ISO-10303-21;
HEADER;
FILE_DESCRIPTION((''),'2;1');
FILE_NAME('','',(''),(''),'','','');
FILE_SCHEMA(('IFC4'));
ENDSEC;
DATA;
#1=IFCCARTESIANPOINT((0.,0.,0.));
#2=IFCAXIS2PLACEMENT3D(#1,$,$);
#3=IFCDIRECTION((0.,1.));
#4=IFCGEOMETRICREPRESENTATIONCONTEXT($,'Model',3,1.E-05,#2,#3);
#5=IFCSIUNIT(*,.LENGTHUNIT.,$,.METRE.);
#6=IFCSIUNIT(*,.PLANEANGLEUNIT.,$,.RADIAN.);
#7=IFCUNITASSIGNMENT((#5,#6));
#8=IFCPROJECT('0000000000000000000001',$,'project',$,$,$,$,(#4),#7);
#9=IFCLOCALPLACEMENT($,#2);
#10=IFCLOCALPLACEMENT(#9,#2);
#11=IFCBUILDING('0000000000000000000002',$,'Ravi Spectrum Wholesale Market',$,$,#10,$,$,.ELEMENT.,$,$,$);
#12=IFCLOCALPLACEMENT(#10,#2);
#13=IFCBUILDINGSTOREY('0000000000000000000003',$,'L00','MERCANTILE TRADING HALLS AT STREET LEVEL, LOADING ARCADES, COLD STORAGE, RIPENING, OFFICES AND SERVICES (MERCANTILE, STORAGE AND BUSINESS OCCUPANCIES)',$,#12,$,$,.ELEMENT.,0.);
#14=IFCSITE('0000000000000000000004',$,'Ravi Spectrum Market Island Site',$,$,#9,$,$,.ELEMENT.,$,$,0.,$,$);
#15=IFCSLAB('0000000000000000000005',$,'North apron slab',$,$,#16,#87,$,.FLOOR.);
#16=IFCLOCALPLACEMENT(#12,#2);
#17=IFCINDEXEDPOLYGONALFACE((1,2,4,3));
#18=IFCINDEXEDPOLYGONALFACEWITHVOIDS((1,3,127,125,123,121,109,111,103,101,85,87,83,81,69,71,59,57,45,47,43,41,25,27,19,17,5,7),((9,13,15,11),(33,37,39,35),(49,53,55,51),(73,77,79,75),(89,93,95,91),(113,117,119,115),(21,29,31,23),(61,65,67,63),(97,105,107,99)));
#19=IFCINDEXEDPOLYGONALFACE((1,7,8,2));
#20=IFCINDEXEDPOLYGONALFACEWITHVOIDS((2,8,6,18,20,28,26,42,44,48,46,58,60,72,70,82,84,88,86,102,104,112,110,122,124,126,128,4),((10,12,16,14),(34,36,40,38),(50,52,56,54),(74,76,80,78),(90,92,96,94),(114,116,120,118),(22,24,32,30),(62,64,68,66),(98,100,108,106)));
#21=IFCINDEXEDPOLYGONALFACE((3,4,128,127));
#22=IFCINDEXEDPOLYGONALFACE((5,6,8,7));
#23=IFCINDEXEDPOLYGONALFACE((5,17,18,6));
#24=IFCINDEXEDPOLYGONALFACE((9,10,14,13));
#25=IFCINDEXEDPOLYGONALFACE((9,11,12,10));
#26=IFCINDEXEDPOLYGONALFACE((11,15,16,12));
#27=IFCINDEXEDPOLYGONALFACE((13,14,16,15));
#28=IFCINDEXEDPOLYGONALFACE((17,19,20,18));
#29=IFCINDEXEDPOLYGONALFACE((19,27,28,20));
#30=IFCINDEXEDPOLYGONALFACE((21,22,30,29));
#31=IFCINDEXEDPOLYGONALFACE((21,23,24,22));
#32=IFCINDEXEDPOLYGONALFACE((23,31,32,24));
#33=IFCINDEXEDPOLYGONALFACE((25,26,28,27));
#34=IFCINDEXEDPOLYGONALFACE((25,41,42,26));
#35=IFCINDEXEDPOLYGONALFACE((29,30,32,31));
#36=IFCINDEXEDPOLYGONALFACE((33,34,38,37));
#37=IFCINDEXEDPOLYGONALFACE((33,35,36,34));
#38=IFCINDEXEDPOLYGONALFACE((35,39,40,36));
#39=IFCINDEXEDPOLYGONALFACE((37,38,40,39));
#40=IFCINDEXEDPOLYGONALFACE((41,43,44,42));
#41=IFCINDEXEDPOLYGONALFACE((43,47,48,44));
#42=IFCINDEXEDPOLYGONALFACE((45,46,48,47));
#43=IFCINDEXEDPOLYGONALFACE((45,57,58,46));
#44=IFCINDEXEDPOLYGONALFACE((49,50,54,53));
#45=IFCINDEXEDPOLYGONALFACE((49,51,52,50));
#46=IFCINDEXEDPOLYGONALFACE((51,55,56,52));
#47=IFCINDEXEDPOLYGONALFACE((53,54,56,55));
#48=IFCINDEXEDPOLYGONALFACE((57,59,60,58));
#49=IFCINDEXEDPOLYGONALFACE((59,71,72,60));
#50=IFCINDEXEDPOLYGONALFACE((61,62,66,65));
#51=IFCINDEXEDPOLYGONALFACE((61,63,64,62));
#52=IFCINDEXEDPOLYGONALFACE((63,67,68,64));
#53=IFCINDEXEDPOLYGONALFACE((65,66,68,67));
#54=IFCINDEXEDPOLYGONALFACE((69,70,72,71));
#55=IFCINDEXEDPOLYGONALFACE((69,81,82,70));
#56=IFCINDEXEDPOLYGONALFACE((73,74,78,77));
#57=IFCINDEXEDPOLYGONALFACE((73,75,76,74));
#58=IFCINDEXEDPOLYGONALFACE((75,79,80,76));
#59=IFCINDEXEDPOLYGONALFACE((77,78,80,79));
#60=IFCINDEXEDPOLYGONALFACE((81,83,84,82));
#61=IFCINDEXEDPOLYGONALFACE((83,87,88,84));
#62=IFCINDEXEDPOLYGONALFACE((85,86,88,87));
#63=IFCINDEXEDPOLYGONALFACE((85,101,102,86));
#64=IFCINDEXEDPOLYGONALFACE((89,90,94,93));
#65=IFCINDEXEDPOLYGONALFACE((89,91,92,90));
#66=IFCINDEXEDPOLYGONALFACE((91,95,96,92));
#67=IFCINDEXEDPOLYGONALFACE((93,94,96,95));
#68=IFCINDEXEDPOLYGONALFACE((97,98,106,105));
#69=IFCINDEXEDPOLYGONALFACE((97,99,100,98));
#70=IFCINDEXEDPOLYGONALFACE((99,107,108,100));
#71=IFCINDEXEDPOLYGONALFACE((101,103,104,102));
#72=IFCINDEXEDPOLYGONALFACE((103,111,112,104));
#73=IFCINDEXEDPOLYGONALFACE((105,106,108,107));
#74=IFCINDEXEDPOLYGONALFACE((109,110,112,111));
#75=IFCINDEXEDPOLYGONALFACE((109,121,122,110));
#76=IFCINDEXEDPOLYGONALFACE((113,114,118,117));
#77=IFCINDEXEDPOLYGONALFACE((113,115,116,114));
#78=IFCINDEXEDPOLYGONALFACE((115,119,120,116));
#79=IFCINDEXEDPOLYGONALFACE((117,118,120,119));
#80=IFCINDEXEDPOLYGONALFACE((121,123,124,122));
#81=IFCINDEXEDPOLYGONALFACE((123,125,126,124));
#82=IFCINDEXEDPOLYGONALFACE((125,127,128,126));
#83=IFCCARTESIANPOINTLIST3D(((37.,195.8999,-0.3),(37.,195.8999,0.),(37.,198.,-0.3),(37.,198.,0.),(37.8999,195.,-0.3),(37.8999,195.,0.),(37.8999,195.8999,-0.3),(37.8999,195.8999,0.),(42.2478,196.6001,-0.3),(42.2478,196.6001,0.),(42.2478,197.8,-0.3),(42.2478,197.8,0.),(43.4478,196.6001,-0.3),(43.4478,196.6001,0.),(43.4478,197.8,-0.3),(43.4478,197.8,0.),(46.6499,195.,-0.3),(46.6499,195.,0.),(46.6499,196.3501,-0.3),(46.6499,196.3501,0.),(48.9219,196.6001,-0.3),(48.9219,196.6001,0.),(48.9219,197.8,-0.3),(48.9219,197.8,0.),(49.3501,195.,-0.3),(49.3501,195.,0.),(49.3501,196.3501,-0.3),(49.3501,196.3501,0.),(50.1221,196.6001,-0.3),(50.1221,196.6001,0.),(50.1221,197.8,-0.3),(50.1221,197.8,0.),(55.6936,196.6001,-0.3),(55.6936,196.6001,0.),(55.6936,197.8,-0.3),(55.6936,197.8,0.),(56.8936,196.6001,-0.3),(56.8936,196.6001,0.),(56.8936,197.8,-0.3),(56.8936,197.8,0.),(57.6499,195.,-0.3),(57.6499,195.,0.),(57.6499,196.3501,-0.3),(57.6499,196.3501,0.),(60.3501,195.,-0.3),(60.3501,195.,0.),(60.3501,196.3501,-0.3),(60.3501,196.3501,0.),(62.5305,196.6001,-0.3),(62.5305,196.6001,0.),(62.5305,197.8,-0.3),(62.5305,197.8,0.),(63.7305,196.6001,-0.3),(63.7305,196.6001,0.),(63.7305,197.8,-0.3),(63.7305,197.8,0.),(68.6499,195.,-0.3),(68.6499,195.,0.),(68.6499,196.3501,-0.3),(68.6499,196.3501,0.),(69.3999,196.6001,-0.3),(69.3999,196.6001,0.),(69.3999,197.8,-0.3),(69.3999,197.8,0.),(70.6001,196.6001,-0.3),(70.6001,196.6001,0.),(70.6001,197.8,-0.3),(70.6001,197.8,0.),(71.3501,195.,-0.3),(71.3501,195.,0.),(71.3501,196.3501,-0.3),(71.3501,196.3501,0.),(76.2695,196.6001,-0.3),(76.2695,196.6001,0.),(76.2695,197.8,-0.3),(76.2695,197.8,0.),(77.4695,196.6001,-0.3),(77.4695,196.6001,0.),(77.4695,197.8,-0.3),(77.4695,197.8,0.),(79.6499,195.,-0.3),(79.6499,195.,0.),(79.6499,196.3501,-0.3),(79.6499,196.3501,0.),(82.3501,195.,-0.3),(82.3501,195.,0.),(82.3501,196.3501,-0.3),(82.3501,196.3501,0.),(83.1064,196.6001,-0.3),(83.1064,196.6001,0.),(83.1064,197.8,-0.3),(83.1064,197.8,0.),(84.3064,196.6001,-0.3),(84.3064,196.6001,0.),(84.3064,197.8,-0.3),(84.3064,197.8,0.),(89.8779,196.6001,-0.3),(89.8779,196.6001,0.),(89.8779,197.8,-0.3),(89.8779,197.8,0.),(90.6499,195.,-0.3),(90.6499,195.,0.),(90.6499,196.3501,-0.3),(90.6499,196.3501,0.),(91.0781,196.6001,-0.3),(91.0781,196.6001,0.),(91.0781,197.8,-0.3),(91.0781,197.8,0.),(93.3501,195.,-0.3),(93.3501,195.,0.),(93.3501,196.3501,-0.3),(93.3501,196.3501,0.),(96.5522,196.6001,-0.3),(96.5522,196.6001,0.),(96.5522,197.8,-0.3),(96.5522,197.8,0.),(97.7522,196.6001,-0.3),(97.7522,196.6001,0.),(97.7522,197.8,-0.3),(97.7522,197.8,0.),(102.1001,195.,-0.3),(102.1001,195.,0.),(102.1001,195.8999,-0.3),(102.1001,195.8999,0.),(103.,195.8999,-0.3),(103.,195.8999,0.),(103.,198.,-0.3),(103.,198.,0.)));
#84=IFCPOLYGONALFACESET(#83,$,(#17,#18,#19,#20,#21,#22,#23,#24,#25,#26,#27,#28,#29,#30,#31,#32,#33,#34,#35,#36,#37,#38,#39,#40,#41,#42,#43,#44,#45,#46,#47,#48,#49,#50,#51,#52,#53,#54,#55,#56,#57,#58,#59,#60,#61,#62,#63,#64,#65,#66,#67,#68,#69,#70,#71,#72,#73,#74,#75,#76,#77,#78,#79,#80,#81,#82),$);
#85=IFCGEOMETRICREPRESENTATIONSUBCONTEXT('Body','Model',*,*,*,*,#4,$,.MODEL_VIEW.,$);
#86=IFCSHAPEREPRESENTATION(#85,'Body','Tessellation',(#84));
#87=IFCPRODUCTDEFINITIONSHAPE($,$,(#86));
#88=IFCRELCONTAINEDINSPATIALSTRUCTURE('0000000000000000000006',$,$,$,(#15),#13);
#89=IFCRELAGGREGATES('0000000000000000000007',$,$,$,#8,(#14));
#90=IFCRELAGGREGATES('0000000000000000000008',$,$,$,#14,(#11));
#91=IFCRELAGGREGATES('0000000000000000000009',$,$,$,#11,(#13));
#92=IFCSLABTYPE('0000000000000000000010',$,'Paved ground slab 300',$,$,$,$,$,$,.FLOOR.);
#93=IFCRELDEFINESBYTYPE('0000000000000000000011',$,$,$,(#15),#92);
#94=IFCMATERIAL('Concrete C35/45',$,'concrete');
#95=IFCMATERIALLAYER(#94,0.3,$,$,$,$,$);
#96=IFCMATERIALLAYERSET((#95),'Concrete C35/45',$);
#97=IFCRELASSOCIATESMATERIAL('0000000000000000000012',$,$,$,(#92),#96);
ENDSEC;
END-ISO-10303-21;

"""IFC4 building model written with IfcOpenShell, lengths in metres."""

from ifc_helpers import new_model, si_unit, direction, frame, origin, place, context, subcontext, project, spatial, polyline, outline, extrude, material, layer, layer_set, type_object, element, save


model = new_model("IFC4")

# Units and contexts
model_context = context("Model", 3, precision=1e-05, world=origin(), true_north=direction((0.0, 1.0)))
body_context = subcontext(model_context, "Body", "Model", "MODEL_VIEW")
ifc_project = project(units=[si_unit("LENGTHUNIT", "METRE"), si_unit("PLANEANGLEUNIT", "RADIAN")], contexts=[model_context])

# Site, building, storey
site_placement = place(None, origin())
site = spatial("IfcSite", under=ifc_project, at=site_placement, Name="Ravi Spectrum Market Island Site", CompositionType="ELEMENT", RefElevation=0.0)
building_placement = place(site_placement, origin())
building = spatial("IfcBuilding", under=site, at=building_placement, Name="Ravi Spectrum Wholesale Market", CompositionType="ELEMENT")
storey_placement = place(building_placement, origin())
storey = spatial("IfcBuildingStorey", under=building, at=storey_placement, Name="L00", Description="MERCANTILE TRADING HALLS AT STREET LEVEL, LOADING ARCADES, COLD STORAGE, RIPENING, OFFICES AND SERVICES (MERCANTILE, STORAGE AND BUSINESS OCCUPANCIES)", CompositionType="ELEMENT", Elevation=0.0)

# Slab
ifc_material_1 = material(Name="Concrete C35/45", Category="concrete")
ifc_layer_1 = layer(ifc_material_1, 0.3)
ifc_layer_set_1 = layer_set([ifc_layer_1], Name="Concrete C35/45")
slab_type_1 = type_object("IfcSlabType", Name="Paved ground slab 300", PredefinedType="FLOOR", material=ifc_layer_set_1)
slab_1_placement = place(storey_placement, frame((0.0, 0.0, -0.3)))
element("IfcSlab", 1, at=slab_1_placement, inside=storey, type_object=slab_type_1, Name="North apron slab", PredefinedType="FLOOR", context=body_context, shape_type="SweptSolid", body=[
    extrude(outline(polyline([(37.8999, 195.0), (37.8999, 195.8999), (37.0, 195.8999), (37.0, 198.0), (103.0, 198.0), (103.0, 195.8999), (102.1001, 195.8999), (102.1001, 195.0), (93.3501, 195.0), (93.3501, 196.3501), (90.6499, 196.3501), (90.6499, 195.0), (82.3501, 195.0), (82.3501, 196.3501), (79.6499, 196.3501), (79.6499, 195.0), (71.3501, 195.0), (71.3501, 196.3501), (68.6499, 196.3501), (68.6499, 195.0), (60.3501, 195.0), (60.3501, 196.3501), (57.6499, 196.3501), (57.6499, 195.0), (49.3501, 195.0), (49.3501, 196.3501), (46.6499, 196.3501), (46.6499, 195.0), (37.8999, 195.0)]), holes=[polyline([(43.4478, 196.6001), (43.4478, 197.8), (42.2478, 197.8), (42.2478, 196.6001), (43.4478, 196.6001)]), polyline([(50.1221, 196.6001), (50.1221, 197.8), (48.9219, 197.8), (48.9219, 196.6001), (50.1221, 196.6001)]), polyline([(56.8936, 196.6001), (56.8936, 197.8), (55.6936, 197.8), (55.6936, 196.6001), (56.8936, 196.6001)]), polyline([(63.7305, 196.6001), (63.7305, 197.8), (62.5305, 197.8), (62.5305, 196.6001), (63.7305, 196.6001)]), polyline([(70.6001, 196.6001), (70.6001, 197.8), (69.3999, 197.8), (69.3999, 196.6001), (70.6001, 196.6001)]), polyline([(77.4695, 196.6001), (77.4695, 197.8), (76.2695, 197.8), (76.2695, 196.6001), (77.4695, 196.6001)]), polyline([(84.3064, 196.6001), (84.3064, 197.8), (83.1064, 197.8), (83.1064, 196.6001), (84.3064, 196.6001)]), polyline([(91.0781, 196.6001), (91.0781, 197.8), (89.8779, 197.8), (89.8779, 196.6001), (91.0781, 196.6001)]), polyline([(97.7522, 196.6001), (97.7522, 197.8), (96.5522, 197.8), (96.5522, 196.6001), (97.7522, 196.6001)])]), origin(), (0.0, 0.0, 1.0), 0.3),
])

save(model, "model.ifc")
